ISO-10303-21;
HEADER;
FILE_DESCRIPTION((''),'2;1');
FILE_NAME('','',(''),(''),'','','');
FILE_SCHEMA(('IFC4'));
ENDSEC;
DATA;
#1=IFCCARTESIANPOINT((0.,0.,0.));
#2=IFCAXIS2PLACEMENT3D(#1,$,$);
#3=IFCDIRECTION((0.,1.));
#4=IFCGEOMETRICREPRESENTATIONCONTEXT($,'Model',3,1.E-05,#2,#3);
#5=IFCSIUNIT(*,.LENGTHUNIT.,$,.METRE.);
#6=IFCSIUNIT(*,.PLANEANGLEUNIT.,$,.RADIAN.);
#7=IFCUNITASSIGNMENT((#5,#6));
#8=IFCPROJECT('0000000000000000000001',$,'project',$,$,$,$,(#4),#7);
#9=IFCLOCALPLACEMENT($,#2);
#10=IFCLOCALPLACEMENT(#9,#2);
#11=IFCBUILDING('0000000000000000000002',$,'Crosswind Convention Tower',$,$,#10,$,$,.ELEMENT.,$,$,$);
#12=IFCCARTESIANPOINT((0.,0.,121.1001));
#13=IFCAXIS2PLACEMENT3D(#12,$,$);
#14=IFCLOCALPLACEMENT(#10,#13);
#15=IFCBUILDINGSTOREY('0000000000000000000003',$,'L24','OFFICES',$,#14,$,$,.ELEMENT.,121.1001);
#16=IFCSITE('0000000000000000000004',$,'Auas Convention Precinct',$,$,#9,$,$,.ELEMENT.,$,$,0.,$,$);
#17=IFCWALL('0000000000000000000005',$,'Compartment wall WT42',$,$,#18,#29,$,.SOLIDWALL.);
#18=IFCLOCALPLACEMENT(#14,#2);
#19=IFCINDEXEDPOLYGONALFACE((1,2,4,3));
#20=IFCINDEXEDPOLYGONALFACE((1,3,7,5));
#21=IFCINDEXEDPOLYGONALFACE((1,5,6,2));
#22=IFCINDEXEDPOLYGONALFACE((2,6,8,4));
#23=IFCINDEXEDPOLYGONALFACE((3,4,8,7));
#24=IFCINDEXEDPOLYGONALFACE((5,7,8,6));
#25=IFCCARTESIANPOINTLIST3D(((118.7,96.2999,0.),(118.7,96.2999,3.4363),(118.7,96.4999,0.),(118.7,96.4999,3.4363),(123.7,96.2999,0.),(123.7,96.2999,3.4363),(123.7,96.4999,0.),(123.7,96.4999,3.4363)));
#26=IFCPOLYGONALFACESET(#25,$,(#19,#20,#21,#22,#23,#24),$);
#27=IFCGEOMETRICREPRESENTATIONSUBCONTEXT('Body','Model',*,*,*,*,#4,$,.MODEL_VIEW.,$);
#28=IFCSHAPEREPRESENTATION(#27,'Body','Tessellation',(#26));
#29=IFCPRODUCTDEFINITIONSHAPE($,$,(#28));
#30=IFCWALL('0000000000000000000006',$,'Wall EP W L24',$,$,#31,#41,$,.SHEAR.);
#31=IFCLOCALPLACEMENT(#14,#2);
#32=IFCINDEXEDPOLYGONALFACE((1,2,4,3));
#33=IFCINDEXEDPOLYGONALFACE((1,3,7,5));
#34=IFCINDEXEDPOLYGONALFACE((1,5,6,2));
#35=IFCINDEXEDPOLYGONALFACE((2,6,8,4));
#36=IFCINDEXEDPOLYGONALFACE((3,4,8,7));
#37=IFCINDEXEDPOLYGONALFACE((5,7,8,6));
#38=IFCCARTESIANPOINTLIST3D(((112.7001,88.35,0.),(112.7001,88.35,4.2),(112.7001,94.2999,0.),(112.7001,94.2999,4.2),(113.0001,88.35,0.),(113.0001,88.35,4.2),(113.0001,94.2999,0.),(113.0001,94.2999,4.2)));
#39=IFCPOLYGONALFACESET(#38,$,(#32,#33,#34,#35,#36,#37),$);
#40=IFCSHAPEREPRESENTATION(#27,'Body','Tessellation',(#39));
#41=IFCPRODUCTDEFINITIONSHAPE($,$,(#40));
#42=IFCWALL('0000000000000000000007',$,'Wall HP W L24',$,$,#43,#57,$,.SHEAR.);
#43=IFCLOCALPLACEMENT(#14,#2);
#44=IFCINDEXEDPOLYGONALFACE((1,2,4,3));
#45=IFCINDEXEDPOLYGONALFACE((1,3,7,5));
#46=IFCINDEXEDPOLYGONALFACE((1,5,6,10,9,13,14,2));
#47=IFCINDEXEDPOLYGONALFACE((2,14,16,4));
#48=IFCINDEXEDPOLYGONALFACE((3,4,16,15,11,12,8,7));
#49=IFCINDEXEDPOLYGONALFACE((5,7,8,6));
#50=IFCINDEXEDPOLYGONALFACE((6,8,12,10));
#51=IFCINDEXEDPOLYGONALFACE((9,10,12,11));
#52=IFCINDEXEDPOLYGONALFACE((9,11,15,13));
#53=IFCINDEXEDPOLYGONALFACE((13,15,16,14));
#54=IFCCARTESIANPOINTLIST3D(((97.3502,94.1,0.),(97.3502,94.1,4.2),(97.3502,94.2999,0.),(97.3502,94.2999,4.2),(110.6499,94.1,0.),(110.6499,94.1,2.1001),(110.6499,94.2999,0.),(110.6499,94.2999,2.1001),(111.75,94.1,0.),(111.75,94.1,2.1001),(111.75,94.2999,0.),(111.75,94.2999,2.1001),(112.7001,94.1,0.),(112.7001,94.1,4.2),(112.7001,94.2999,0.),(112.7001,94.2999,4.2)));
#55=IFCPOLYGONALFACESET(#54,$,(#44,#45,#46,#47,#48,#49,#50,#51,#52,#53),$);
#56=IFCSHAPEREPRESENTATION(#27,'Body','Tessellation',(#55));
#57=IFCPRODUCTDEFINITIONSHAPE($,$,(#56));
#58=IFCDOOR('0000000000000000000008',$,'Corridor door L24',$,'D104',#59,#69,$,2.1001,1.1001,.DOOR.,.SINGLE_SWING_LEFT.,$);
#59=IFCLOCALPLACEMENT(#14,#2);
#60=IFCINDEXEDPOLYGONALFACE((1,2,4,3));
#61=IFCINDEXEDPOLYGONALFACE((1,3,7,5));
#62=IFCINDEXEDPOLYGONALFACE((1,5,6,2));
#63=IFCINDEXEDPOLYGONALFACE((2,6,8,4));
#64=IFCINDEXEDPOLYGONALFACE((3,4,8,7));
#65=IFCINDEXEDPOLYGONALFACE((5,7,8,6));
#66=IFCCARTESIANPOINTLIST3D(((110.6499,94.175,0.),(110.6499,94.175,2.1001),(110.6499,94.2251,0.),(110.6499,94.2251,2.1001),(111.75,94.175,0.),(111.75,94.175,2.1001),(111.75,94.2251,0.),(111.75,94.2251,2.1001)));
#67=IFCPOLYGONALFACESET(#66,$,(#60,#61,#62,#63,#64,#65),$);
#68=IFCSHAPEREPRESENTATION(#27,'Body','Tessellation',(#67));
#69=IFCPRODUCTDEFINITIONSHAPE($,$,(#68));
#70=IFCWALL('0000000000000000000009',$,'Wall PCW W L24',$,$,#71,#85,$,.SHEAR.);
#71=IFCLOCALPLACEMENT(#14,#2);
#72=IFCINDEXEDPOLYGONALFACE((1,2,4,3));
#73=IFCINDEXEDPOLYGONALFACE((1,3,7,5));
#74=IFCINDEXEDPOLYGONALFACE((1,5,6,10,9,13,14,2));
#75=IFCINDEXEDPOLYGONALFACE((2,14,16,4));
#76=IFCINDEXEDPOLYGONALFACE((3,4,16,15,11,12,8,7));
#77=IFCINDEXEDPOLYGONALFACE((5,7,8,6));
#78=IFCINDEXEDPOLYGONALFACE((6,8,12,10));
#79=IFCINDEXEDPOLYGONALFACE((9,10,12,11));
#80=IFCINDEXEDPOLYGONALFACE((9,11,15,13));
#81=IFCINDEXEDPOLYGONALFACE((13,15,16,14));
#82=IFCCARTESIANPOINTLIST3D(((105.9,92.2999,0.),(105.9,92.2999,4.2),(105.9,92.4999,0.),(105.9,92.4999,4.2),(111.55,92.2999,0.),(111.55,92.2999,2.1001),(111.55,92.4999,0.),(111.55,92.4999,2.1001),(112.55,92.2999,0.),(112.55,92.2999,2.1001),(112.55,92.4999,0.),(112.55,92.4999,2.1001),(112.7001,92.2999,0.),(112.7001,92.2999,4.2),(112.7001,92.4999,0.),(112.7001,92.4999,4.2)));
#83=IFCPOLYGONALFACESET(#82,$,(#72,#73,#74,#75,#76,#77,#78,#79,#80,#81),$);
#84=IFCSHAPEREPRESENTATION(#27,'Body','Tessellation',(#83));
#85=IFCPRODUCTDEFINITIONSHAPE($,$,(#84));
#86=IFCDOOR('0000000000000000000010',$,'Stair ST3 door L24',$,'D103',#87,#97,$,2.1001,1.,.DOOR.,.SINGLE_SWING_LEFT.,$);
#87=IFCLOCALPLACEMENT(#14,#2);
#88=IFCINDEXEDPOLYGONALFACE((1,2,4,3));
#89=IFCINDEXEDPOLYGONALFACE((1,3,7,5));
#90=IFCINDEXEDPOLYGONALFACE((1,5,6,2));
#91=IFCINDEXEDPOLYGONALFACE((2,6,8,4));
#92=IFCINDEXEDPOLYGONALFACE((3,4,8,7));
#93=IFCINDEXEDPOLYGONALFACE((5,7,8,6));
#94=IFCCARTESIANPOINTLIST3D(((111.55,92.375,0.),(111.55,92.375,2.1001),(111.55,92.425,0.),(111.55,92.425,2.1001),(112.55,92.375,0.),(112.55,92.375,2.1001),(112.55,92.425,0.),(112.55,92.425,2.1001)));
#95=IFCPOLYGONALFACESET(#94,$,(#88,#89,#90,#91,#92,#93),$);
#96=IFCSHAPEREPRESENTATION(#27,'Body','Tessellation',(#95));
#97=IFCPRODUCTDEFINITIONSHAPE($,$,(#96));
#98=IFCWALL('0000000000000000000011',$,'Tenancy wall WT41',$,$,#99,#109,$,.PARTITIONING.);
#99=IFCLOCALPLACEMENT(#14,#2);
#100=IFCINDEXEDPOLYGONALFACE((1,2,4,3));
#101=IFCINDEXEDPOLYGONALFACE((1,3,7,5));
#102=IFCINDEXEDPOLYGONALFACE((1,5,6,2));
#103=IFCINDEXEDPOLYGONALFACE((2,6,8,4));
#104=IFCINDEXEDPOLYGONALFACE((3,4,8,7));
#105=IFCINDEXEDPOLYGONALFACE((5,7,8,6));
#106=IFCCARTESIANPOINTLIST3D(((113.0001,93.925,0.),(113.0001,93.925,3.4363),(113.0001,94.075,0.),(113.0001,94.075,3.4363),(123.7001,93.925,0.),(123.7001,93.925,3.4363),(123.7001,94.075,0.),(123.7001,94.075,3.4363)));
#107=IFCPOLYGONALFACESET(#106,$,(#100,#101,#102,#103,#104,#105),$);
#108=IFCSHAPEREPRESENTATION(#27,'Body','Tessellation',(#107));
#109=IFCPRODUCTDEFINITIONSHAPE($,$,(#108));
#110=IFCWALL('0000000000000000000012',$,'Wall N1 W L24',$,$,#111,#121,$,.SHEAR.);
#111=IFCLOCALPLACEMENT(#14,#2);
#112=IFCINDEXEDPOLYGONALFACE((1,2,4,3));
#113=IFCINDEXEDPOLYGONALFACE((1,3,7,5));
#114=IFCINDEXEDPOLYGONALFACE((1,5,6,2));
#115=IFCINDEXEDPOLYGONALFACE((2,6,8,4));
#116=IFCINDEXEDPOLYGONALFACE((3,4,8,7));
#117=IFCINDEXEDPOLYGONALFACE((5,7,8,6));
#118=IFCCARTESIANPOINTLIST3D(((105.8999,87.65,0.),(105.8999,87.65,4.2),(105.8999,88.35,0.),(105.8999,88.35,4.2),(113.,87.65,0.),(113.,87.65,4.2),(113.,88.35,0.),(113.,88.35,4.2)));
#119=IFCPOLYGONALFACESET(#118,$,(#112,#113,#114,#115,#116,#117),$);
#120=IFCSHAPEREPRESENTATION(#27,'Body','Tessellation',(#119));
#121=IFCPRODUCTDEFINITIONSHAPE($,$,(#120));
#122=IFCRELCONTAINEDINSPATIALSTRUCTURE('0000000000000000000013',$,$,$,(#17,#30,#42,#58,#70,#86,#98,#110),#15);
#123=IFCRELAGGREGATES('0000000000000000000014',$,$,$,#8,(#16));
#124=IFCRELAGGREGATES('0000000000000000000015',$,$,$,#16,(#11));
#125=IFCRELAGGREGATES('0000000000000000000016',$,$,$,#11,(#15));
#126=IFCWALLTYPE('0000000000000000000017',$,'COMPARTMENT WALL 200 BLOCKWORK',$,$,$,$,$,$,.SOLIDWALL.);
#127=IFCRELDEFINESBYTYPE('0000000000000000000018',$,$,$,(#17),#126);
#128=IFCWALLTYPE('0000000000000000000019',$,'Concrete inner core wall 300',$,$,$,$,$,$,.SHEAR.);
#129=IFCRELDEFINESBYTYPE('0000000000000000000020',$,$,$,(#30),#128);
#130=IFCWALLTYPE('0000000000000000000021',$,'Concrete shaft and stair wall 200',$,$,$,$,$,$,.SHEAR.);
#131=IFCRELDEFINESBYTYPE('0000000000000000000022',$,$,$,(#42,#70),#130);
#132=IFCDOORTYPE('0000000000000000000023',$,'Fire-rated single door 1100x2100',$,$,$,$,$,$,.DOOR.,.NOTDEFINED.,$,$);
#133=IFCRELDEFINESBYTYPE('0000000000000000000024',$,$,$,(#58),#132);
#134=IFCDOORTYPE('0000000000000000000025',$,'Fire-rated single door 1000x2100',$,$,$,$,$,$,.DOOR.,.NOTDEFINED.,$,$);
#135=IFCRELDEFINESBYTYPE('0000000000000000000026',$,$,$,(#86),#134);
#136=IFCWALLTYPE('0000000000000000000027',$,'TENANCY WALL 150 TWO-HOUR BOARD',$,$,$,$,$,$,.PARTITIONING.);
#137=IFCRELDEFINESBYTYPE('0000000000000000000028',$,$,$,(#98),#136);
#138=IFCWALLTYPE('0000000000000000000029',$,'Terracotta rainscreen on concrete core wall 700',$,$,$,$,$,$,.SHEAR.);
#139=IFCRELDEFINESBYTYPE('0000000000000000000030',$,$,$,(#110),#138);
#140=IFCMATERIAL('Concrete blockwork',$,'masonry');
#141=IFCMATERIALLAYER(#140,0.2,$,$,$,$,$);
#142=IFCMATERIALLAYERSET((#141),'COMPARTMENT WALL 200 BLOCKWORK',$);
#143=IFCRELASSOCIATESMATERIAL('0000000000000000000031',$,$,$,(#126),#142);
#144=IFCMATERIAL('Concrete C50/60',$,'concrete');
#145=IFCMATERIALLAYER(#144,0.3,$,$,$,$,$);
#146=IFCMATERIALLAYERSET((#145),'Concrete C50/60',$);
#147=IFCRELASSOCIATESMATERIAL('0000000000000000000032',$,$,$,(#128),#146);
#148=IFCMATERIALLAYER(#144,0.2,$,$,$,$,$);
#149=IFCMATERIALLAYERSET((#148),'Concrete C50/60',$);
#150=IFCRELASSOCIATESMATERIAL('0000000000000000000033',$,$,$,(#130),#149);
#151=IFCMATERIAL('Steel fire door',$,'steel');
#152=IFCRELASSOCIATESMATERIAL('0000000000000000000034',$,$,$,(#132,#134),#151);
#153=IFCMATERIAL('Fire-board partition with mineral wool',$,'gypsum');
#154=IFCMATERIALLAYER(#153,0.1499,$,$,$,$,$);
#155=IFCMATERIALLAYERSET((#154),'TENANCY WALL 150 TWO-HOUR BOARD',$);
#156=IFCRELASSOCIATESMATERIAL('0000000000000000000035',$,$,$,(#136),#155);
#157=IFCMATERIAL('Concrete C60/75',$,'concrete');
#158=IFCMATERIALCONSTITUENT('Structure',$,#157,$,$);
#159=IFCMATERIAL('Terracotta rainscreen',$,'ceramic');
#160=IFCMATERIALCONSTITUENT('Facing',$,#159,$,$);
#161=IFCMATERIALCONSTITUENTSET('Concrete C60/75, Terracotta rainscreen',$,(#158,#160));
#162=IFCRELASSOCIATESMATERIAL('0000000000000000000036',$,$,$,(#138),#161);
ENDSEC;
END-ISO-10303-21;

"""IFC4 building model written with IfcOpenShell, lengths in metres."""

from ifc_helpers import new_model, si_unit, direction, frame, frame_2d, origin, place, context, subcontext, project, spatial, rectangle, extrude, material, layer, layer_set, constituent, constituent_set, type_object, element, fill, save


model = new_model("IFC4")

# Units and contexts
model_context = context("Model", 3, precision=1e-05, world=origin(), true_north=direction((0.0, 1.0)))
body_context = subcontext(model_context, "Body", "Model", "MODEL_VIEW")
ifc_project = project(units=[si_unit("LENGTHUNIT", "METRE"), si_unit("PLANEANGLEUNIT", "RADIAN")], contexts=[model_context])

# Site, building, storey
site_placement = place(None, origin())
site = spatial("IfcSite", under=ifc_project, at=site_placement, Name="Auas Convention Precinct", CompositionType="ELEMENT", RefElevation=0.0)
building_placement = place(site_placement, origin())
building = spatial("IfcBuilding", under=site, at=building_placement, Name="Crosswind Convention Tower", CompositionType="ELEMENT")
storey_placement = place(building_placement, frame((0.0, 0.0, 121.1001)))
storey = spatial("IfcBuildingStorey", under=building, at=storey_placement, Name="L24", Description="OFFICES", CompositionType="ELEMENT", Elevation=121.1001)

# Walls
ifc_material_1 = material(Name="Concrete blockwork", Category="masonry")
ifc_layer_1 = layer(ifc_material_1, 0.2)
ifc_layer_set_1 = layer_set([ifc_layer_1], Name="COMPARTMENT WALL 200 BLOCKWORK")
wall_type_1 = type_object("IfcWallType", Name="COMPARTMENT WALL 200 BLOCKWORK", PredefinedType="SOLIDWALL", material=ifc_layer_set_1)
wall_1_placement = place(storey_placement, frame((118.7, 96.3999, 0.0), z_axis=(0.0, 0.0, 1.0), x_axis=(1.0, 0.0, 0.0)))
element("IfcWall", 1, at=wall_1_placement, inside=storey, type_object=wall_type_1, Name="Compartment wall WT42", PredefinedType="SOLIDWALL", context=body_context, shape_type="SweptSolid", body=[
    extrude(rectangle(XDim=5.0, YDim=0.2, at=frame_2d((2.5, 0.0))), origin(), (0.0, 0.0, 1.0), 3.4363),
])
ifc_material_2 = material(Name="Concrete C50/60", Category="concrete")
ifc_layer_2 = layer(ifc_material_2, 0.3)
ifc_layer_set_2 = layer_set([ifc_layer_2], Name="Concrete C50/60")
wall_type_2 = type_object("IfcWallType", Name="Concrete inner core wall 300", PredefinedType="SHEAR", material=ifc_layer_set_2)
wall_2_placement = place(storey_placement, frame((112.8501, 94.3, 0.0), z_axis=(0.0, 0.0, 1.0), x_axis=(0.0, -1.0, 0.0)))
element("IfcWall", 2, at=wall_2_placement, inside=storey, type_object=wall_type_2, Name="Wall EP W L24", PredefinedType="SHEAR", context=body_context, shape_type="SweptSolid", body=[
    extrude(rectangle(XDim=5.95, YDim=0.3, at=frame_2d((2.9751, 0.0))), origin(), (0.0, 0.0, 1.0), 4.2),
])

# Walls, openings, doors
ifc_layer_3 = layer(ifc_material_2, 0.2)
ifc_layer_set_3 = layer_set([ifc_layer_3], Name="Concrete C50/60")
wall_type_3 = type_object("IfcWallType", Name="Concrete shaft and stair wall 200", PredefinedType="SHEAR", material=ifc_layer_set_3)
wall_3_placement = place(storey_placement, frame((112.7, 94.2, 0.0), z_axis=(0.0, 0.0, 1.0), x_axis=(-1.0, 0.0, 0.0)))
wall_3 = element("IfcWall", 3, at=wall_3_placement, inside=storey, type_object=wall_type_3, Name="Wall HP W L24", PredefinedType="SHEAR", context=body_context, shape_type="SweptSolid", body=[
    extrude(rectangle(XDim=15.3499, YDim=0.2, at=frame_2d((7.6748, 0.0))), origin(), (0.0, 0.0, 1.0), 4.2),
])
opening_1_placement = place(wall_3_placement, frame((0.95, 0.0, 0.0)))
opening_1 = element("IfcOpeningElement", 4, at=opening_1_placement, cuts=wall_3, PredefinedType="OPENING", context=body_context, shape_type="SweptSolid", body=[
    extrude(rectangle(XDim=1.1001, YDim=2.1001, at=frame_2d((0.55, 1.05))), frame((0.0, 0.1099, 0.0), z_axis=(0.0, -1.0, 0.0), x_axis=(1.0, 0.0, 0.0)), (0.0, 0.0, 1.0), 0.22),
])
ifc_material_3 = material(Name="Steel fire door", Category="steel")
door_type_1 = type_object("IfcDoorType", Name="Fire-rated single door 1100x2100", OperationType="NOTDEFINED", PredefinedType="DOOR", material=ifc_material_3)
door_1_placement = place(opening_1_placement, origin())
door_1 = element("IfcDoor", 5, at=door_1_placement, inside=storey, type_object=door_type_1, Name="Corridor door L24", ObjectType="D104", OperationType="SINGLE_SWING_LEFT", OverallHeight=2.1001, OverallWidth=1.1001, PredefinedType="DOOR", context=body_context, shape_type="SweptSolid", body=[
    extrude(rectangle(XDim=1.1001, YDim=2.1001, at=frame_2d((0.55, 1.05))), frame((0.0, 0.0249, 0.0), z_axis=(0.0, -1.0, 0.0), x_axis=(1.0, 0.0, 0.0)), (0.0, 0.0, 1.0), 0.05),
])
fill(opening_1, door_1)
wall_4_placement = place(storey_placement, frame((112.7, 92.3999, 0.0), z_axis=(0.0, 0.0, 1.0), x_axis=(-1.0, 0.0, 0.0)))
wall_4 = element("IfcWall", 6, at=wall_4_placement, inside=storey, type_object=wall_type_3, Name="Wall PCW W L24", PredefinedType="SHEAR", context=body_context, shape_type="SweptSolid", body=[
    extrude(rectangle(XDim=6.8, YDim=0.2, at=frame_2d((3.3999, 0.0))), origin(), (0.0, 0.0, 1.0), 4.2),
])
opening_2_placement = place(wall_4_placement, frame((0.1499, 0.0, 0.0)))
opening_2 = element("IfcOpeningElement", 7, at=opening_2_placement, cuts=wall_4, PredefinedType="OPENING", context=body_context, shape_type="SweptSolid", body=[
    extrude(rectangle(XDim=1.0, YDim=2.1001, at=frame_2d((0.5, 1.05))), frame((0.0, 0.1099, 0.0), z_axis=(0.0, -1.0, 0.0), x_axis=(1.0, 0.0, 0.0)), (0.0, 0.0, 1.0), 0.22),
])
door_type_2 = type_object("IfcDoorType", Name="Fire-rated single door 1000x2100", OperationType="NOTDEFINED", PredefinedType="DOOR", material=ifc_material_3)
door_2_placement = place(opening_2_placement, origin())
door_2 = element("IfcDoor", 8, at=door_2_placement, inside=storey, type_object=door_type_2, Name="Stair ST3 door L24", ObjectType="D103", OperationType="SINGLE_SWING_LEFT", OverallHeight=2.1001, OverallWidth=1.0, PredefinedType="DOOR", context=body_context, shape_type="SweptSolid", body=[
    extrude(rectangle(XDim=1.0, YDim=2.1001, at=frame_2d((0.5, 1.05))), frame((0.0, 0.0249, 0.0), z_axis=(0.0, -1.0, 0.0), x_axis=(1.0, 0.0, 0.0)), (0.0, 0.0, 1.0), 0.05),
])
fill(opening_2, door_2)

# Walls
ifc_material_4 = material(Name="Fire-board partition with mineral wool", Category="gypsum")
ifc_layer_4 = layer(ifc_material_4, 0.1499)
ifc_layer_set_4 = layer_set([ifc_layer_4], Name="TENANCY WALL 150 TWO-HOUR BOARD")
wall_type_4 = type_object("IfcWallType", Name="TENANCY WALL 150 TWO-HOUR BOARD", PredefinedType="PARTITIONING", material=ifc_layer_set_4)
wall_5_placement = place(storey_placement, frame((113.0, 94.0, 0.0), z_axis=(0.0, 0.0, 1.0), x_axis=(1.0, 0.0, 0.0)))
element("IfcWall", 9, at=wall_5_placement, inside=storey, type_object=wall_type_4, Name="Tenancy wall WT41", PredefinedType="PARTITIONING", context=body_context, shape_type="SweptSolid", body=[
    extrude(rectangle(XDim=10.7, YDim=0.1499, at=frame_2d((5.3501, 0.0))), origin(), (0.0, 0.0, 1.0), 3.4363),
])
ifc_material_5 = material(Name="Concrete C60/75", Category="concrete")
ifc_constituent_1 = constituent(ifc_material_5, Name="Structure")
ifc_material_6 = material(Name="Terracotta rainscreen", Category="ceramic")
ifc_constituent_2 = constituent(ifc_material_6, Name="Facing")
ifc_constituent_set = constituent_set(constituents=[ifc_constituent_1, ifc_constituent_2], Name="Concrete C60/75, Terracotta rainscreen")
wall_type_5 = type_object("IfcWallType", Name="Terracotta rainscreen on concrete core wall 700", PredefinedType="SHEAR", material=ifc_constituent_set)
wall_6_placement = place(storey_placement, frame((113.0, 88.0, 0.0), z_axis=(0.0, 0.0, 1.0), x_axis=(-1.0, 0.0, 0.0)))
element("IfcWall", 10, at=wall_6_placement, inside=storey, type_object=wall_type_5, Name="Wall N1 W L24", PredefinedType="SHEAR", context=body_context, shape_type="SweptSolid", body=[
    extrude(rectangle(XDim=7.1001, YDim=0.7, at=frame_2d((3.55, 0.0))), origin(), (0.0, 0.0, 1.0), 4.2),
])

save(model, "model.ifc")
